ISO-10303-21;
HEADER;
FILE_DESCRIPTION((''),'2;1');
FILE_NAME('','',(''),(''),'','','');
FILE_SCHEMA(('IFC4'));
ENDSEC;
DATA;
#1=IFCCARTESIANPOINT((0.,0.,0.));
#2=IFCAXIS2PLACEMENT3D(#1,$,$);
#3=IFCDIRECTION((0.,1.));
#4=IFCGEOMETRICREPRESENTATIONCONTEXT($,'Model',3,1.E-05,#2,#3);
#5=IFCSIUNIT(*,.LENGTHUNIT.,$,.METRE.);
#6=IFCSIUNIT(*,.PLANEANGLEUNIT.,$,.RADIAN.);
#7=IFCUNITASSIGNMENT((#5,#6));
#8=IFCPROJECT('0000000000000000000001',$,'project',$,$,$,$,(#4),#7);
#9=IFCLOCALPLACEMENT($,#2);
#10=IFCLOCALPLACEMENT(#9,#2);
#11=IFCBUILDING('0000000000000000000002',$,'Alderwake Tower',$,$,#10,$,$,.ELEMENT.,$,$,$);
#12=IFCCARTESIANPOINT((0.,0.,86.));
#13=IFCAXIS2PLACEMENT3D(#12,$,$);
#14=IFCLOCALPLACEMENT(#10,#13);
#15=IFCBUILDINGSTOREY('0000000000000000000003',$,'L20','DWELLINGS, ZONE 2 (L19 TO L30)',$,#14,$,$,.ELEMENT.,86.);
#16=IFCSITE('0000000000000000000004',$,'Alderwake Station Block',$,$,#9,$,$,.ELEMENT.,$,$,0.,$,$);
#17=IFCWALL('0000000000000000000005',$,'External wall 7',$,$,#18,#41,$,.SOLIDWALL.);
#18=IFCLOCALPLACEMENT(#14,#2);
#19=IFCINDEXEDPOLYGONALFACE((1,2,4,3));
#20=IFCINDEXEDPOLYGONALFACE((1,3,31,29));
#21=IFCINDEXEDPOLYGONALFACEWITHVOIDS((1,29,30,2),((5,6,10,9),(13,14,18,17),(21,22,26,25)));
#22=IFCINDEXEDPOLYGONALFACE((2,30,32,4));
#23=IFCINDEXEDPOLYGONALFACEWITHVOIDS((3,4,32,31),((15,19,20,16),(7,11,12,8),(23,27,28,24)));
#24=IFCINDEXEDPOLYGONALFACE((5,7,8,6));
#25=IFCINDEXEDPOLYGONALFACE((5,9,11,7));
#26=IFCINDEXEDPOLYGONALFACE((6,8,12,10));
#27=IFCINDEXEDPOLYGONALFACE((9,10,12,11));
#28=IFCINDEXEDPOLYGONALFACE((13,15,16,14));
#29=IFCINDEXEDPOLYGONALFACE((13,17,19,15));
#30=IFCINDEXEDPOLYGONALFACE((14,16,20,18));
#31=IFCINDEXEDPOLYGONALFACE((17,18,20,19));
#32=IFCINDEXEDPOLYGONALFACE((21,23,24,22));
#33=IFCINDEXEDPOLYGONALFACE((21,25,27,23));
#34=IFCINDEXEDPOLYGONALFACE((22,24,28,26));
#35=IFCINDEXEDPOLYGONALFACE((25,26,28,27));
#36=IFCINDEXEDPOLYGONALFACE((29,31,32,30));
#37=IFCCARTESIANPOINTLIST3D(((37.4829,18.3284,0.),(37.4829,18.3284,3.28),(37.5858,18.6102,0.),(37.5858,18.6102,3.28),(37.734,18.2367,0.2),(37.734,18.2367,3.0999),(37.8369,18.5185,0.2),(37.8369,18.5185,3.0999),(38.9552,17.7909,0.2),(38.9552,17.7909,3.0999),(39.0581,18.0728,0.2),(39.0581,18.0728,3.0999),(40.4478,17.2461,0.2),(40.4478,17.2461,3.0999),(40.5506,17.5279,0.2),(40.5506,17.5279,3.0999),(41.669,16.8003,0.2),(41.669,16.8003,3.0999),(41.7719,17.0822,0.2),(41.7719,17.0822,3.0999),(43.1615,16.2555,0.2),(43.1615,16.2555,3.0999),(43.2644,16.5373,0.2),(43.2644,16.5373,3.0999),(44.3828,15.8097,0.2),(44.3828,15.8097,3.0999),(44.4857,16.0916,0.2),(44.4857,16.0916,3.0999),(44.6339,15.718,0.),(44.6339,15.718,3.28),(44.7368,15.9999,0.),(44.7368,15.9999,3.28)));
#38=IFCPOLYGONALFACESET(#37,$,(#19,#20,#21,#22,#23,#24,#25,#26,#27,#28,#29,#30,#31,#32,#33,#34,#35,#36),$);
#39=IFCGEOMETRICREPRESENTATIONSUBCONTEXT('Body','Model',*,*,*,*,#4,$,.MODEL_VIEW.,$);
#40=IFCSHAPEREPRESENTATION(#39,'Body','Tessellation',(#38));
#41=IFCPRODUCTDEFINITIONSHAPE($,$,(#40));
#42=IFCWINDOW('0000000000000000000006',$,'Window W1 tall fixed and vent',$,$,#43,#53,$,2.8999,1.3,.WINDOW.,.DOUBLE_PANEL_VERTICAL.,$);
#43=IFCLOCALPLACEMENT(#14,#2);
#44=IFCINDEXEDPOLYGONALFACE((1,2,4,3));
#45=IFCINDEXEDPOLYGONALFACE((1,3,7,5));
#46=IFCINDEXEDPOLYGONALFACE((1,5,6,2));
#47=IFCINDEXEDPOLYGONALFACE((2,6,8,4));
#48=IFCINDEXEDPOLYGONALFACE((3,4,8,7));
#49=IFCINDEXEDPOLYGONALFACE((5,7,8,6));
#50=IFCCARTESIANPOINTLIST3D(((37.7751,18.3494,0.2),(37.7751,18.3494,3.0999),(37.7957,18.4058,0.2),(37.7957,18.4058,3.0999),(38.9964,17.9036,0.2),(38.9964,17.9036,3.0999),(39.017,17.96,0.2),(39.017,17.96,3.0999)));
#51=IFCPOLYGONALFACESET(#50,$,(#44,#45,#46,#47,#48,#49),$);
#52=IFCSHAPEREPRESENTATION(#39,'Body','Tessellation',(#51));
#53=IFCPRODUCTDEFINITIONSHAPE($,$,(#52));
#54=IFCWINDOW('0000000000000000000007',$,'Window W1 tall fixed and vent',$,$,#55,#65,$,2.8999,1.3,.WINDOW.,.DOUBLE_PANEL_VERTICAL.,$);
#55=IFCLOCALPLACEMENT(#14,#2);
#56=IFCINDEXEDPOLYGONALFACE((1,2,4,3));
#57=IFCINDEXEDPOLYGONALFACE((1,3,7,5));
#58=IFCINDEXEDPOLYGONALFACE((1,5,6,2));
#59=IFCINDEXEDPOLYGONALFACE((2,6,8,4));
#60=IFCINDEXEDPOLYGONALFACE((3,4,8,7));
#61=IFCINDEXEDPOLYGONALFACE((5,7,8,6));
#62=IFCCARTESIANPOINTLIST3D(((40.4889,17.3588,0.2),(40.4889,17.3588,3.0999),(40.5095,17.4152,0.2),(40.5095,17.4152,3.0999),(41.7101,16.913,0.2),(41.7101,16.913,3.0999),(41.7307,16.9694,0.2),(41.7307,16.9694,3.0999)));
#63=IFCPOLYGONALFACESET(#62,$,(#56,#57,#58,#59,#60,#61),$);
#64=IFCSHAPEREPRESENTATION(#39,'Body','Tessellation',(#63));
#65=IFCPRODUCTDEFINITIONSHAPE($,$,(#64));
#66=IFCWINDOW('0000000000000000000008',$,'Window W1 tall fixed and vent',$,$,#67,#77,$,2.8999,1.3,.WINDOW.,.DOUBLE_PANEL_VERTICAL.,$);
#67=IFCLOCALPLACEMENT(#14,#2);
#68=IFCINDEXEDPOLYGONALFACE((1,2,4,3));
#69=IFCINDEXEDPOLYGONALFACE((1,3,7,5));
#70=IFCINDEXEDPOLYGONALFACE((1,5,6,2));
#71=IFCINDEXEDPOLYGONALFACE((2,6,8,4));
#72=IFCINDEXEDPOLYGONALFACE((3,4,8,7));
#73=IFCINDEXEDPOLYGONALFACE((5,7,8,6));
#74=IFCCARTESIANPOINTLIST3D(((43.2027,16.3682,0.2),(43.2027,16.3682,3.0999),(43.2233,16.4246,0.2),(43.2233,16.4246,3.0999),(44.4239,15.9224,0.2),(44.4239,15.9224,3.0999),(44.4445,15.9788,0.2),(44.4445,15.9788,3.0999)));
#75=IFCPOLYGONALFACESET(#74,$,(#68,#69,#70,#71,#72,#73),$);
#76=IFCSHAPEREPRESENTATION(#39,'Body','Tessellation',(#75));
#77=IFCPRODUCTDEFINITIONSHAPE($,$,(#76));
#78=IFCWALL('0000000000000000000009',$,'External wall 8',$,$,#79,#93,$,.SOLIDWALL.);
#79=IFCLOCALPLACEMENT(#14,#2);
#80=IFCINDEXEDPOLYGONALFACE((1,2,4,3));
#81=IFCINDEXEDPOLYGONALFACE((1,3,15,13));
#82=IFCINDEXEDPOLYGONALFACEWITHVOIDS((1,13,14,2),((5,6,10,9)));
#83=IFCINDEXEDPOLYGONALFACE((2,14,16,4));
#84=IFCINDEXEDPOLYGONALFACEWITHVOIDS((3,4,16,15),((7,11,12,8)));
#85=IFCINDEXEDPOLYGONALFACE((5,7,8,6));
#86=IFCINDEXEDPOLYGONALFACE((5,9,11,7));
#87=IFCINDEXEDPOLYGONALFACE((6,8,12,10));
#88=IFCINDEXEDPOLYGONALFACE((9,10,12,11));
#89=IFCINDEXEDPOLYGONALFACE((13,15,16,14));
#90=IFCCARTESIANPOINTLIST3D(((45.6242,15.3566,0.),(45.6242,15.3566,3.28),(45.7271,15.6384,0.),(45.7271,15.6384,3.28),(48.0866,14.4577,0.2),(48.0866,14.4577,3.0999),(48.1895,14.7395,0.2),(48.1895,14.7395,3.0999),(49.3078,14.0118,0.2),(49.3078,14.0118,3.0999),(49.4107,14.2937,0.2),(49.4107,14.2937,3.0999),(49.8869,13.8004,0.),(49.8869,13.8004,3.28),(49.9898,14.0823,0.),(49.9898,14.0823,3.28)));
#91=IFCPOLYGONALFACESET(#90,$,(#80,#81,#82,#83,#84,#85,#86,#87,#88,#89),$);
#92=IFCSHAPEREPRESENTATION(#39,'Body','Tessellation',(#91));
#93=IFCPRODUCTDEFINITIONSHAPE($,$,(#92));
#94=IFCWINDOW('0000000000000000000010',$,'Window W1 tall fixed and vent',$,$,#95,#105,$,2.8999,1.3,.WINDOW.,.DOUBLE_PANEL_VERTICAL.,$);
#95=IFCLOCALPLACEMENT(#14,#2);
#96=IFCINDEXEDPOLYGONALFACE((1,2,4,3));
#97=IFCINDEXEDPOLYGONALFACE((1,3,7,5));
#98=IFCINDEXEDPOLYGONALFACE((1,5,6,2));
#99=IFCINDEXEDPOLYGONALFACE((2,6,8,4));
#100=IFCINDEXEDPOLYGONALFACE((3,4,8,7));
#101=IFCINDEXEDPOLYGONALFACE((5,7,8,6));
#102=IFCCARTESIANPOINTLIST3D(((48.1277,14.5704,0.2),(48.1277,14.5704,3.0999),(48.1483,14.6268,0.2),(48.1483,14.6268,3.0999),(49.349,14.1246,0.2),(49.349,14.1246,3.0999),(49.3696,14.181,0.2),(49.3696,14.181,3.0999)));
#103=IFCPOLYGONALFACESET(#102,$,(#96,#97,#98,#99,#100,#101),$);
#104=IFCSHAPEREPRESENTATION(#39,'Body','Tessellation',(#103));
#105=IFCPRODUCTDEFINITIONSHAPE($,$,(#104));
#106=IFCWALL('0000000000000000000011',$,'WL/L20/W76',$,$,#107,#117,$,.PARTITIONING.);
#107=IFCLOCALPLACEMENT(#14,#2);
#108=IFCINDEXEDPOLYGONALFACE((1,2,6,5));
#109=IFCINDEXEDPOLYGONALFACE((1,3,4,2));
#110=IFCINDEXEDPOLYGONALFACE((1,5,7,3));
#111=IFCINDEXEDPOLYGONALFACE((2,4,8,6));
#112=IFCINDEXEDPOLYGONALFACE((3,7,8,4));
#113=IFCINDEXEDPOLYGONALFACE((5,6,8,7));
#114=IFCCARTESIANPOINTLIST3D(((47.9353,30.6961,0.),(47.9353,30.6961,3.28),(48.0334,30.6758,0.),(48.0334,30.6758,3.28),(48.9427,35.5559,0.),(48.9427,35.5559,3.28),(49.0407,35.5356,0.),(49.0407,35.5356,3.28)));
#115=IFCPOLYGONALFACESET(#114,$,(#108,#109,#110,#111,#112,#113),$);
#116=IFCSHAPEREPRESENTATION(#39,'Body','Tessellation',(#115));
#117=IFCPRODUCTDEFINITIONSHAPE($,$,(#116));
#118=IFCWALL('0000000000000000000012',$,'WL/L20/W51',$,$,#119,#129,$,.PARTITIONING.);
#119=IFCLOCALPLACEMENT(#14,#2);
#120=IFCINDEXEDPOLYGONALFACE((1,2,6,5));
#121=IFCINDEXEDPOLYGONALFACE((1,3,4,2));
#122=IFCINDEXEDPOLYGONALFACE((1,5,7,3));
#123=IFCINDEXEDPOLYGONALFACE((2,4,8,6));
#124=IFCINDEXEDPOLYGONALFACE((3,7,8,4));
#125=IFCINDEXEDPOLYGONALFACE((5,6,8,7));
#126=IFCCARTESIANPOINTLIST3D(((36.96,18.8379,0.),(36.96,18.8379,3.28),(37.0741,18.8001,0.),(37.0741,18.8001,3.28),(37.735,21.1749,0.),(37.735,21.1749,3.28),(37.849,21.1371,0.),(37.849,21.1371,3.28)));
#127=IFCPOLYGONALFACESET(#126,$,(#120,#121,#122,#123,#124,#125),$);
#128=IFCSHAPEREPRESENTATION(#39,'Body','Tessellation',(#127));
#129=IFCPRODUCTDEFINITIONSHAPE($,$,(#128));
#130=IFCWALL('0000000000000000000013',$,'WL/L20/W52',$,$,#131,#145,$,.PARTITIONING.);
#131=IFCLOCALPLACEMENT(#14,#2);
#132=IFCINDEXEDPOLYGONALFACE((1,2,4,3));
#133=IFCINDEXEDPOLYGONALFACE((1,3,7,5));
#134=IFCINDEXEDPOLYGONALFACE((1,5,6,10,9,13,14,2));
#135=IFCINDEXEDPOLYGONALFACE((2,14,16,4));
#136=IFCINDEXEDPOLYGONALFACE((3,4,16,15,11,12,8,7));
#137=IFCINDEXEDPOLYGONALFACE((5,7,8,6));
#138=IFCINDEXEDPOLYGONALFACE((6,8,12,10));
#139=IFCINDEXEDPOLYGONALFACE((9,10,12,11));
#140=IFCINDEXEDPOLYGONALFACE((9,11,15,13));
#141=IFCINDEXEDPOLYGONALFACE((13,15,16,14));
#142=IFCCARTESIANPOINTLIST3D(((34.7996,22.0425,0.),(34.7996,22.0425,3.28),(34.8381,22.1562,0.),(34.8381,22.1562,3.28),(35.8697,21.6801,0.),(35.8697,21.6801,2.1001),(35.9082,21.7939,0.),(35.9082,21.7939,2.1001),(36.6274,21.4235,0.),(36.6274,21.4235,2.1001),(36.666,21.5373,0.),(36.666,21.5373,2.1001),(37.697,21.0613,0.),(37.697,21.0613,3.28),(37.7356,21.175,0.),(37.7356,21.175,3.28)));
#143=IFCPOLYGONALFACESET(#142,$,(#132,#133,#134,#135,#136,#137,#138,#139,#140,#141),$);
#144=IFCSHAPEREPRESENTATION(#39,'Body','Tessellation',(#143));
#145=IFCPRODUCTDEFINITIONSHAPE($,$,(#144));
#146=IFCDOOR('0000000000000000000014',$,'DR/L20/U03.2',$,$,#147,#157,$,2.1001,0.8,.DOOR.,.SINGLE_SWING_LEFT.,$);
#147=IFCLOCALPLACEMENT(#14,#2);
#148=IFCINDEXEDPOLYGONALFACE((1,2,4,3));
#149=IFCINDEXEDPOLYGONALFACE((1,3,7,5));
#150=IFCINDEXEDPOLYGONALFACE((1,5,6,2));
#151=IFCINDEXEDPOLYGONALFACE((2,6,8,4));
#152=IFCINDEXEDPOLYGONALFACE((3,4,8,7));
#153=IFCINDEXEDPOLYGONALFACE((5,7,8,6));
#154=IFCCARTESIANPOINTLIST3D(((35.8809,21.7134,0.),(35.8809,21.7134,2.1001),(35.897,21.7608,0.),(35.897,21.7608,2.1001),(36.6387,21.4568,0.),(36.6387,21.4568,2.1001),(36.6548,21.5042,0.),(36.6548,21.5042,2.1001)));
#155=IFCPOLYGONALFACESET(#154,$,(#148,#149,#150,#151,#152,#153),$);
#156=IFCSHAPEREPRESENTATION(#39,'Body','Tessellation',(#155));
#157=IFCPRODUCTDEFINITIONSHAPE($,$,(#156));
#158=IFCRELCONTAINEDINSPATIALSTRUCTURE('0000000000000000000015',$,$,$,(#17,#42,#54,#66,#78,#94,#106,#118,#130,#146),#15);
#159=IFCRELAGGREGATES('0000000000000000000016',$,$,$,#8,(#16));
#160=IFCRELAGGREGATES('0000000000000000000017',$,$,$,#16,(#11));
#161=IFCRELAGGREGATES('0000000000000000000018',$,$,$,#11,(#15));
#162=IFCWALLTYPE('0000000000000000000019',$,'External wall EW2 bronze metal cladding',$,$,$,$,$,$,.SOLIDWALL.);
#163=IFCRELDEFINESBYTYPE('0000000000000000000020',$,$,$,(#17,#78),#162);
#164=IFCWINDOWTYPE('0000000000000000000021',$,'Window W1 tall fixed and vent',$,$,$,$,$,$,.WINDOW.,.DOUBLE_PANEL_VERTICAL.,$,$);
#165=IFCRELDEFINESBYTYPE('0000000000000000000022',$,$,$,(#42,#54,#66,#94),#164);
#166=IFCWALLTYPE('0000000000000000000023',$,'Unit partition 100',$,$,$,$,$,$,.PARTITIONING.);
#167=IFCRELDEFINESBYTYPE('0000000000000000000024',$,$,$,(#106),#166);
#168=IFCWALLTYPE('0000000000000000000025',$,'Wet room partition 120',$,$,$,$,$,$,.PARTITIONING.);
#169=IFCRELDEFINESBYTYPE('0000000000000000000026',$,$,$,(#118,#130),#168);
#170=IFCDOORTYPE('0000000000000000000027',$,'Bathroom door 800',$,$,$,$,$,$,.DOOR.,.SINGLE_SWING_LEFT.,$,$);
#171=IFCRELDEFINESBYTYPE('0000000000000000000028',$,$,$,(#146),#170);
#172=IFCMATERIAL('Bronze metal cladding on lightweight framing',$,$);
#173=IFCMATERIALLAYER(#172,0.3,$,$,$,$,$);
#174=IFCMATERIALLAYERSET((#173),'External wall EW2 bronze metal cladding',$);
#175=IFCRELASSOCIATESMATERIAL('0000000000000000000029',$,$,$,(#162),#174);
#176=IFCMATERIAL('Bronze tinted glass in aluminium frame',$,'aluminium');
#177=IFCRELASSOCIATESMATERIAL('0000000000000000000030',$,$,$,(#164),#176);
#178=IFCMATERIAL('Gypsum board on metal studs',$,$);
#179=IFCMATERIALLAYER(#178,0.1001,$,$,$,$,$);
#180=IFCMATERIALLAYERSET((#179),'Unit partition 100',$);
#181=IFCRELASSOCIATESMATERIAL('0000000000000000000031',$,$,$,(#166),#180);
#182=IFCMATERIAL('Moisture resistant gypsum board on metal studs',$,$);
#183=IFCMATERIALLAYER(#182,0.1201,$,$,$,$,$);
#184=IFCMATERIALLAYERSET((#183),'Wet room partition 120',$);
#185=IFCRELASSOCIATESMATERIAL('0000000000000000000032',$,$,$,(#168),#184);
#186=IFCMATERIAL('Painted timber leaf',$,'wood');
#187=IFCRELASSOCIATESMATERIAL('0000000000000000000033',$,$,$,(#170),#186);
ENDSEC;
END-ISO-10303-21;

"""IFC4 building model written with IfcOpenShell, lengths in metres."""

from ifc_helpers import new_model, si_unit, direction, frame, frame_2d, origin, place, context, subcontext, project, spatial, rectangle, extrude, material, layer, layer_set, type_object, element, fill, save


model = new_model("IFC4")

# Units and contexts
model_context = context("Model", 3, precision=1e-05, world=origin(), true_north=direction((0.0, 1.0)))
body_context = subcontext(model_context, "Body", "Model", "MODEL_VIEW")
ifc_project = project(units=[si_unit("LENGTHUNIT", "METRE"), si_unit("PLANEANGLEUNIT", "RADIAN")], contexts=[model_context])

# Site, building, storey
site_placement = place(None, origin())
site = spatial("IfcSite", under=ifc_project, at=site_placement, Name="Alderwake Station Block", CompositionType="ELEMENT", RefElevation=0.0)
building_placement = place(site_placement, origin())
building = spatial("IfcBuilding", under=site, at=building_placement, Name="Alderwake Tower", CompositionType="ELEMENT")
storey_placement = place(building_placement, frame((0.0, 0.0, 86.0)))
storey = spatial("IfcBuildingStorey", under=building, at=storey_placement, Name="L20", Description="DWELLINGS, ZONE 2 (L19 TO L30)", CompositionType="ELEMENT", Elevation=86.0)

# Wall, openings, windows
ifc_material_1 = material(Name="Bronze metal cladding on lightweight framing")
ifc_layer_1 = layer(ifc_material_1, 0.3)
ifc_layer_set_1 = layer_set([ifc_layer_1], Name="External wall EW2 bronze metal cladding")
wall_type_1 = type_object("IfcWallType", Name="External wall EW2 bronze metal cladding", PredefinedType="SOLIDWALL", material=ifc_layer_set_1)
wall_1_placement = place(storey_placement, frame((37.5344, 18.4692, 0.0), z_axis=(0.0, 0.0, 1.0), x_axis=(0.939373, -0.342896, 0.0)))
wall_1 = element("IfcWall", 1, at=wall_1_placement, inside=storey, type_object=wall_type_1, Name="External wall 7", PredefinedType="SOLIDWALL", context=body_context, shape_type="SweptSolid", body=[
    extrude(rectangle(XDim=7.6125, YDim=0.3, at=frame_2d((3.8062, 0.0))), origin(), (0.0, 0.0, 1.0), 3.28),
])
opening_1_placement = place(wall_1_placement, frame((0.2673, 0.0, 0.2)))
opening_1 = element("IfcOpeningElement", 2, at=opening_1_placement, cuts=wall_1, PredefinedType="OPENING", context=body_context, shape_type="SweptSolid", body=[
    extrude(rectangle(XDim=1.3, YDim=2.8999, at=frame_2d((0.6499, 1.45))), frame((0.0, 0.1599, 0.0), z_axis=(0.0, -1.0, 0.0), x_axis=(1.0, 0.0, 0.0)), (0.0, 0.0, 1.0), 0.3201),
])
opening_2_placement = place(wall_1_placement, frame((3.1562, 0.0, 0.2)))
opening_2 = element("IfcOpeningElement", 3, at=opening_2_placement, cuts=wall_1, PredefinedType="OPENING", context=body_context, shape_type="SweptSolid", body=[
    extrude(rectangle(XDim=1.3, YDim=2.8999, at=frame_2d((0.6499, 1.45))), frame((0.0, 0.1599, 0.0), z_axis=(0.0, -1.0, 0.0), x_axis=(1.0, 0.0, 0.0)), (0.0, 0.0, 1.0), 0.3201),
])
opening_3_placement = place(wall_1_placement, frame((6.0452, 0.0, 0.2)))
opening_3 = element("IfcOpeningElement", 4, at=opening_3_placement, cuts=wall_1, PredefinedType="OPENING", context=body_context, shape_type="SweptSolid", body=[
    extrude(rectangle(XDim=1.3, YDim=2.8999, at=frame_2d((0.6499, 1.45))), frame((0.0, 0.1599, 0.0), z_axis=(0.0, -1.0, 0.0), x_axis=(1.0, 0.0, 0.0)), (0.0, 0.0, 1.0), 0.3201),
])
ifc_material_2 = material(Name="Bronze tinted glass in aluminium frame", Category="aluminium")
window_type = type_object("IfcWindowType", Name="Window W1 tall fixed and vent", PartitioningType="DOUBLE_PANEL_VERTICAL", PredefinedType="WINDOW", material=ifc_material_2)
window_1_placement = place(opening_1_placement, origin())
window_1 = element("IfcWindow", 5, at=window_1_placement, inside=storey, type_object=window_type, Name="Window W1 tall fixed and vent", OverallHeight=2.8999, OverallWidth=1.3, PartitioningType="DOUBLE_PANEL_VERTICAL", PredefinedType="WINDOW", context=body_context, shape_type="SweptSolid", body=[
    extrude(rectangle(XDim=1.3, YDim=2.8999, at=frame_2d((0.6499, 1.45))), frame((0.0, 0.03, 0.0), z_axis=(0.0, -1.0, 0.0), x_axis=(1.0, 0.0, 0.0)), (0.0, 0.0, 1.0), 0.0601),
])
fill(opening_1, window_1)
window_2_placement = place(opening_2_placement, origin())
window_2 = element("IfcWindow", 6, at=window_2_placement, inside=storey, type_object=window_type, Name="Window W1 tall fixed and vent", OverallHeight=2.8999, OverallWidth=1.3, PartitioningType="DOUBLE_PANEL_VERTICAL", PredefinedType="WINDOW", context=body_context, shape_type="SweptSolid", body=[
    extrude(rectangle(XDim=1.3, YDim=2.8999, at=frame_2d((0.6499, 1.45))), frame((0.0, 0.03, 0.0), z_axis=(0.0, -1.0, 0.0), x_axis=(1.0, 0.0, 0.0)), (0.0, 0.0, 1.0), 0.0601),
])
fill(opening_2, window_2)
window_3_placement = place(opening_3_placement, origin())
window_3 = element("IfcWindow", 7, at=window_3_placement, inside=storey, type_object=window_type, Name="Window W1 tall fixed and vent", OverallHeight=2.8999, OverallWidth=1.3, PartitioningType="DOUBLE_PANEL_VERTICAL", PredefinedType="WINDOW", context=body_context, shape_type="SweptSolid", body=[
    extrude(rectangle(XDim=1.3, YDim=2.8999, at=frame_2d((0.6499, 1.45))), frame((0.0, 0.03, 0.0), z_axis=(0.0, -1.0, 0.0), x_axis=(1.0, 0.0, 0.0)), (0.0, 0.0, 1.0), 0.0601),
])
fill(opening_3, window_3)

# Wall, opening, window
wall_2_placement = place(storey_placement, frame((45.6755, 15.4976, 0.0), z_axis=(0.0, 0.0, 1.0), x_axis=(0.939362, -0.342926, 0.0)))
wall_2 = element("IfcWall", 8, at=wall_2_placement, inside=storey, type_object=wall_type_1, Name="External wall 8", PredefinedType="SOLIDWALL", context=body_context, shape_type="SweptSolid", body=[
    extrude(rectangle(XDim=4.5378, YDim=0.3, at=frame_2d((2.269, 0.0))), origin(), (0.0, 0.0, 1.0), 3.28),
])
opening_4_placement = place(wall_2_placement, frame((2.6216, 0.0, 0.2)))
opening_4 = element("IfcOpeningElement", 9, at=opening_4_placement, cuts=wall_2, PredefinedType="OPENING", context=body_context, shape_type="SweptSolid", body=[
    extrude(rectangle(XDim=1.3, YDim=2.8999, at=frame_2d((0.6499, 1.45))), frame((0.0, 0.1599, 0.0), z_axis=(0.0, -1.0, 0.0), x_axis=(1.0, 0.0, 0.0)), (0.0, 0.0, 1.0), 0.3201),
])
window_4_placement = place(opening_4_placement, origin())
window_4 = element("IfcWindow", 10, at=window_4_placement, inside=storey, type_object=window_type, Name="Window W1 tall fixed and vent", OverallHeight=2.8999, OverallWidth=1.3, PartitioningType="DOUBLE_PANEL_VERTICAL", PredefinedType="WINDOW", context=body_context, shape_type="SweptSolid", body=[
    extrude(rectangle(XDim=1.3, YDim=2.8999, at=frame_2d((0.6499, 1.45))), frame((0.0, 0.03, 0.0), z_axis=(0.0, -1.0, 0.0), x_axis=(1.0, 0.0, 0.0)), (0.0, 0.0, 1.0), 0.0601),
])
fill(opening_4, window_4)

# Walls
ifc_material_3 = material(Name="Gypsum board on metal studs")
ifc_layer_2 = layer(ifc_material_3, 0.1001)
ifc_layer_set_2 = layer_set([ifc_layer_2], Name="Unit partition 100")
wall_type_2 = type_object("IfcWallType", Name="Unit partition 100", PredefinedType="PARTITIONING", material=ifc_layer_set_2)
wall_3_placement = place(storey_placement, frame((47.9844, 30.686, 0.0), z_axis=(0.0, 0.0, 1.0), x_axis=(0.20296, 0.979187, 0.0)))
element("IfcWall", 11, at=wall_3_placement, inside=storey, type_object=wall_type_2, Name="WL/L20/W76", PredefinedType="PARTITIONING", context=body_context, shape_type="SweptSolid", body=[
    extrude(rectangle(XDim=4.9631, YDim=0.1001, at=frame_2d((2.4814, 0.0))), origin(), (0.0, 0.0, 1.0), 3.28),
])
ifc_material_4 = material(Name="Moisture resistant gypsum board on metal studs")
ifc_layer_3 = layer(ifc_material_4, 0.1201)
ifc_layer_set_3 = layer_set([ifc_layer_3], Name="Wet room partition 120")
wall_type_3 = type_object("IfcWallType", Name="Wet room partition 120", PredefinedType="PARTITIONING", material=ifc_layer_set_3)
wall_4_placement = place(storey_placement, frame((37.0171, 18.8191, 0.0), z_axis=(0.0, 0.0, 1.0), x_axis=(0.31474, 0.949178, 0.0)))
element("IfcWall", 12, at=wall_4_placement, inside=storey, type_object=wall_type_3, Name="WL/L20/W51", PredefinedType="PARTITIONING", context=body_context, shape_type="SweptSolid", body=[
    extrude(rectangle(XDim=2.4622, YDim=0.1201, at=frame_2d((1.231, 0.0))), origin(), (0.0, 0.0, 1.0), 3.28),
])

# Wall, opening, door
wall_5_placement = place(storey_placement, frame((37.7163, 21.1182, 0.0), z_axis=(0.0, 0.0, 1.0), x_axis=(-0.947164, 0.320749, 0.0)))
wall_5 = element("IfcWall", 13, at=wall_5_placement, inside=storey, type_object=wall_type_3, Name="WL/L20/W52", PredefinedType="PARTITIONING", context=body_context, shape_type="SweptSolid", body=[
    extrude(rectangle(XDim=3.0591, YDim=0.1201, at=frame_2d((1.5295, 0.0))), origin(), (0.0, 0.0, 1.0), 3.28),
])
opening_5_placement = place(wall_5_placement, frame((1.1294, 0.0, 0.0)))
opening_5 = element("IfcOpeningElement", 14, at=opening_5_placement, cuts=wall_5, PredefinedType="OPENING", context=body_context, shape_type="SweptSolid", body=[
    extrude(rectangle(XDim=0.8, YDim=2.1001, at=frame_2d((0.3999, 1.05))), frame((0.0, 0.0701, 0.0), z_axis=(0.0, -1.0, 0.0), x_axis=(1.0, 0.0, 0.0)), (0.0, 0.0, 1.0), 0.1401),
])
ifc_material_5 = material(Name="Painted timber leaf", Category="wood")
door_type_1 = type_object("IfcDoorType", Name="Bathroom door 800", OperationType="SINGLE_SWING_LEFT", PredefinedType="DOOR", material=ifc_material_5)
door_1_placement = place(opening_5_placement, origin())
door_1 = element("IfcDoor", 15, at=door_1_placement, inside=storey, type_object=door_type_1, Name="DR/L20/U03.2", OperationType="SINGLE_SWING_LEFT", OverallHeight=2.1001, OverallWidth=0.8, PredefinedType="DOOR", context=body_context, shape_type="SweptSolid", body=[
    extrude(rectangle(XDim=0.8, YDim=2.1001, at=frame_2d((0.3999, 1.05))), frame((0.0, 0.0249, 0.0), z_axis=(0.0, -1.0, 0.0), x_axis=(1.0, 0.0, 0.0)), (0.0, 0.0, 1.0), 0.05),
])
fill(opening_5, door_1)

save(model, "model.ifc")
